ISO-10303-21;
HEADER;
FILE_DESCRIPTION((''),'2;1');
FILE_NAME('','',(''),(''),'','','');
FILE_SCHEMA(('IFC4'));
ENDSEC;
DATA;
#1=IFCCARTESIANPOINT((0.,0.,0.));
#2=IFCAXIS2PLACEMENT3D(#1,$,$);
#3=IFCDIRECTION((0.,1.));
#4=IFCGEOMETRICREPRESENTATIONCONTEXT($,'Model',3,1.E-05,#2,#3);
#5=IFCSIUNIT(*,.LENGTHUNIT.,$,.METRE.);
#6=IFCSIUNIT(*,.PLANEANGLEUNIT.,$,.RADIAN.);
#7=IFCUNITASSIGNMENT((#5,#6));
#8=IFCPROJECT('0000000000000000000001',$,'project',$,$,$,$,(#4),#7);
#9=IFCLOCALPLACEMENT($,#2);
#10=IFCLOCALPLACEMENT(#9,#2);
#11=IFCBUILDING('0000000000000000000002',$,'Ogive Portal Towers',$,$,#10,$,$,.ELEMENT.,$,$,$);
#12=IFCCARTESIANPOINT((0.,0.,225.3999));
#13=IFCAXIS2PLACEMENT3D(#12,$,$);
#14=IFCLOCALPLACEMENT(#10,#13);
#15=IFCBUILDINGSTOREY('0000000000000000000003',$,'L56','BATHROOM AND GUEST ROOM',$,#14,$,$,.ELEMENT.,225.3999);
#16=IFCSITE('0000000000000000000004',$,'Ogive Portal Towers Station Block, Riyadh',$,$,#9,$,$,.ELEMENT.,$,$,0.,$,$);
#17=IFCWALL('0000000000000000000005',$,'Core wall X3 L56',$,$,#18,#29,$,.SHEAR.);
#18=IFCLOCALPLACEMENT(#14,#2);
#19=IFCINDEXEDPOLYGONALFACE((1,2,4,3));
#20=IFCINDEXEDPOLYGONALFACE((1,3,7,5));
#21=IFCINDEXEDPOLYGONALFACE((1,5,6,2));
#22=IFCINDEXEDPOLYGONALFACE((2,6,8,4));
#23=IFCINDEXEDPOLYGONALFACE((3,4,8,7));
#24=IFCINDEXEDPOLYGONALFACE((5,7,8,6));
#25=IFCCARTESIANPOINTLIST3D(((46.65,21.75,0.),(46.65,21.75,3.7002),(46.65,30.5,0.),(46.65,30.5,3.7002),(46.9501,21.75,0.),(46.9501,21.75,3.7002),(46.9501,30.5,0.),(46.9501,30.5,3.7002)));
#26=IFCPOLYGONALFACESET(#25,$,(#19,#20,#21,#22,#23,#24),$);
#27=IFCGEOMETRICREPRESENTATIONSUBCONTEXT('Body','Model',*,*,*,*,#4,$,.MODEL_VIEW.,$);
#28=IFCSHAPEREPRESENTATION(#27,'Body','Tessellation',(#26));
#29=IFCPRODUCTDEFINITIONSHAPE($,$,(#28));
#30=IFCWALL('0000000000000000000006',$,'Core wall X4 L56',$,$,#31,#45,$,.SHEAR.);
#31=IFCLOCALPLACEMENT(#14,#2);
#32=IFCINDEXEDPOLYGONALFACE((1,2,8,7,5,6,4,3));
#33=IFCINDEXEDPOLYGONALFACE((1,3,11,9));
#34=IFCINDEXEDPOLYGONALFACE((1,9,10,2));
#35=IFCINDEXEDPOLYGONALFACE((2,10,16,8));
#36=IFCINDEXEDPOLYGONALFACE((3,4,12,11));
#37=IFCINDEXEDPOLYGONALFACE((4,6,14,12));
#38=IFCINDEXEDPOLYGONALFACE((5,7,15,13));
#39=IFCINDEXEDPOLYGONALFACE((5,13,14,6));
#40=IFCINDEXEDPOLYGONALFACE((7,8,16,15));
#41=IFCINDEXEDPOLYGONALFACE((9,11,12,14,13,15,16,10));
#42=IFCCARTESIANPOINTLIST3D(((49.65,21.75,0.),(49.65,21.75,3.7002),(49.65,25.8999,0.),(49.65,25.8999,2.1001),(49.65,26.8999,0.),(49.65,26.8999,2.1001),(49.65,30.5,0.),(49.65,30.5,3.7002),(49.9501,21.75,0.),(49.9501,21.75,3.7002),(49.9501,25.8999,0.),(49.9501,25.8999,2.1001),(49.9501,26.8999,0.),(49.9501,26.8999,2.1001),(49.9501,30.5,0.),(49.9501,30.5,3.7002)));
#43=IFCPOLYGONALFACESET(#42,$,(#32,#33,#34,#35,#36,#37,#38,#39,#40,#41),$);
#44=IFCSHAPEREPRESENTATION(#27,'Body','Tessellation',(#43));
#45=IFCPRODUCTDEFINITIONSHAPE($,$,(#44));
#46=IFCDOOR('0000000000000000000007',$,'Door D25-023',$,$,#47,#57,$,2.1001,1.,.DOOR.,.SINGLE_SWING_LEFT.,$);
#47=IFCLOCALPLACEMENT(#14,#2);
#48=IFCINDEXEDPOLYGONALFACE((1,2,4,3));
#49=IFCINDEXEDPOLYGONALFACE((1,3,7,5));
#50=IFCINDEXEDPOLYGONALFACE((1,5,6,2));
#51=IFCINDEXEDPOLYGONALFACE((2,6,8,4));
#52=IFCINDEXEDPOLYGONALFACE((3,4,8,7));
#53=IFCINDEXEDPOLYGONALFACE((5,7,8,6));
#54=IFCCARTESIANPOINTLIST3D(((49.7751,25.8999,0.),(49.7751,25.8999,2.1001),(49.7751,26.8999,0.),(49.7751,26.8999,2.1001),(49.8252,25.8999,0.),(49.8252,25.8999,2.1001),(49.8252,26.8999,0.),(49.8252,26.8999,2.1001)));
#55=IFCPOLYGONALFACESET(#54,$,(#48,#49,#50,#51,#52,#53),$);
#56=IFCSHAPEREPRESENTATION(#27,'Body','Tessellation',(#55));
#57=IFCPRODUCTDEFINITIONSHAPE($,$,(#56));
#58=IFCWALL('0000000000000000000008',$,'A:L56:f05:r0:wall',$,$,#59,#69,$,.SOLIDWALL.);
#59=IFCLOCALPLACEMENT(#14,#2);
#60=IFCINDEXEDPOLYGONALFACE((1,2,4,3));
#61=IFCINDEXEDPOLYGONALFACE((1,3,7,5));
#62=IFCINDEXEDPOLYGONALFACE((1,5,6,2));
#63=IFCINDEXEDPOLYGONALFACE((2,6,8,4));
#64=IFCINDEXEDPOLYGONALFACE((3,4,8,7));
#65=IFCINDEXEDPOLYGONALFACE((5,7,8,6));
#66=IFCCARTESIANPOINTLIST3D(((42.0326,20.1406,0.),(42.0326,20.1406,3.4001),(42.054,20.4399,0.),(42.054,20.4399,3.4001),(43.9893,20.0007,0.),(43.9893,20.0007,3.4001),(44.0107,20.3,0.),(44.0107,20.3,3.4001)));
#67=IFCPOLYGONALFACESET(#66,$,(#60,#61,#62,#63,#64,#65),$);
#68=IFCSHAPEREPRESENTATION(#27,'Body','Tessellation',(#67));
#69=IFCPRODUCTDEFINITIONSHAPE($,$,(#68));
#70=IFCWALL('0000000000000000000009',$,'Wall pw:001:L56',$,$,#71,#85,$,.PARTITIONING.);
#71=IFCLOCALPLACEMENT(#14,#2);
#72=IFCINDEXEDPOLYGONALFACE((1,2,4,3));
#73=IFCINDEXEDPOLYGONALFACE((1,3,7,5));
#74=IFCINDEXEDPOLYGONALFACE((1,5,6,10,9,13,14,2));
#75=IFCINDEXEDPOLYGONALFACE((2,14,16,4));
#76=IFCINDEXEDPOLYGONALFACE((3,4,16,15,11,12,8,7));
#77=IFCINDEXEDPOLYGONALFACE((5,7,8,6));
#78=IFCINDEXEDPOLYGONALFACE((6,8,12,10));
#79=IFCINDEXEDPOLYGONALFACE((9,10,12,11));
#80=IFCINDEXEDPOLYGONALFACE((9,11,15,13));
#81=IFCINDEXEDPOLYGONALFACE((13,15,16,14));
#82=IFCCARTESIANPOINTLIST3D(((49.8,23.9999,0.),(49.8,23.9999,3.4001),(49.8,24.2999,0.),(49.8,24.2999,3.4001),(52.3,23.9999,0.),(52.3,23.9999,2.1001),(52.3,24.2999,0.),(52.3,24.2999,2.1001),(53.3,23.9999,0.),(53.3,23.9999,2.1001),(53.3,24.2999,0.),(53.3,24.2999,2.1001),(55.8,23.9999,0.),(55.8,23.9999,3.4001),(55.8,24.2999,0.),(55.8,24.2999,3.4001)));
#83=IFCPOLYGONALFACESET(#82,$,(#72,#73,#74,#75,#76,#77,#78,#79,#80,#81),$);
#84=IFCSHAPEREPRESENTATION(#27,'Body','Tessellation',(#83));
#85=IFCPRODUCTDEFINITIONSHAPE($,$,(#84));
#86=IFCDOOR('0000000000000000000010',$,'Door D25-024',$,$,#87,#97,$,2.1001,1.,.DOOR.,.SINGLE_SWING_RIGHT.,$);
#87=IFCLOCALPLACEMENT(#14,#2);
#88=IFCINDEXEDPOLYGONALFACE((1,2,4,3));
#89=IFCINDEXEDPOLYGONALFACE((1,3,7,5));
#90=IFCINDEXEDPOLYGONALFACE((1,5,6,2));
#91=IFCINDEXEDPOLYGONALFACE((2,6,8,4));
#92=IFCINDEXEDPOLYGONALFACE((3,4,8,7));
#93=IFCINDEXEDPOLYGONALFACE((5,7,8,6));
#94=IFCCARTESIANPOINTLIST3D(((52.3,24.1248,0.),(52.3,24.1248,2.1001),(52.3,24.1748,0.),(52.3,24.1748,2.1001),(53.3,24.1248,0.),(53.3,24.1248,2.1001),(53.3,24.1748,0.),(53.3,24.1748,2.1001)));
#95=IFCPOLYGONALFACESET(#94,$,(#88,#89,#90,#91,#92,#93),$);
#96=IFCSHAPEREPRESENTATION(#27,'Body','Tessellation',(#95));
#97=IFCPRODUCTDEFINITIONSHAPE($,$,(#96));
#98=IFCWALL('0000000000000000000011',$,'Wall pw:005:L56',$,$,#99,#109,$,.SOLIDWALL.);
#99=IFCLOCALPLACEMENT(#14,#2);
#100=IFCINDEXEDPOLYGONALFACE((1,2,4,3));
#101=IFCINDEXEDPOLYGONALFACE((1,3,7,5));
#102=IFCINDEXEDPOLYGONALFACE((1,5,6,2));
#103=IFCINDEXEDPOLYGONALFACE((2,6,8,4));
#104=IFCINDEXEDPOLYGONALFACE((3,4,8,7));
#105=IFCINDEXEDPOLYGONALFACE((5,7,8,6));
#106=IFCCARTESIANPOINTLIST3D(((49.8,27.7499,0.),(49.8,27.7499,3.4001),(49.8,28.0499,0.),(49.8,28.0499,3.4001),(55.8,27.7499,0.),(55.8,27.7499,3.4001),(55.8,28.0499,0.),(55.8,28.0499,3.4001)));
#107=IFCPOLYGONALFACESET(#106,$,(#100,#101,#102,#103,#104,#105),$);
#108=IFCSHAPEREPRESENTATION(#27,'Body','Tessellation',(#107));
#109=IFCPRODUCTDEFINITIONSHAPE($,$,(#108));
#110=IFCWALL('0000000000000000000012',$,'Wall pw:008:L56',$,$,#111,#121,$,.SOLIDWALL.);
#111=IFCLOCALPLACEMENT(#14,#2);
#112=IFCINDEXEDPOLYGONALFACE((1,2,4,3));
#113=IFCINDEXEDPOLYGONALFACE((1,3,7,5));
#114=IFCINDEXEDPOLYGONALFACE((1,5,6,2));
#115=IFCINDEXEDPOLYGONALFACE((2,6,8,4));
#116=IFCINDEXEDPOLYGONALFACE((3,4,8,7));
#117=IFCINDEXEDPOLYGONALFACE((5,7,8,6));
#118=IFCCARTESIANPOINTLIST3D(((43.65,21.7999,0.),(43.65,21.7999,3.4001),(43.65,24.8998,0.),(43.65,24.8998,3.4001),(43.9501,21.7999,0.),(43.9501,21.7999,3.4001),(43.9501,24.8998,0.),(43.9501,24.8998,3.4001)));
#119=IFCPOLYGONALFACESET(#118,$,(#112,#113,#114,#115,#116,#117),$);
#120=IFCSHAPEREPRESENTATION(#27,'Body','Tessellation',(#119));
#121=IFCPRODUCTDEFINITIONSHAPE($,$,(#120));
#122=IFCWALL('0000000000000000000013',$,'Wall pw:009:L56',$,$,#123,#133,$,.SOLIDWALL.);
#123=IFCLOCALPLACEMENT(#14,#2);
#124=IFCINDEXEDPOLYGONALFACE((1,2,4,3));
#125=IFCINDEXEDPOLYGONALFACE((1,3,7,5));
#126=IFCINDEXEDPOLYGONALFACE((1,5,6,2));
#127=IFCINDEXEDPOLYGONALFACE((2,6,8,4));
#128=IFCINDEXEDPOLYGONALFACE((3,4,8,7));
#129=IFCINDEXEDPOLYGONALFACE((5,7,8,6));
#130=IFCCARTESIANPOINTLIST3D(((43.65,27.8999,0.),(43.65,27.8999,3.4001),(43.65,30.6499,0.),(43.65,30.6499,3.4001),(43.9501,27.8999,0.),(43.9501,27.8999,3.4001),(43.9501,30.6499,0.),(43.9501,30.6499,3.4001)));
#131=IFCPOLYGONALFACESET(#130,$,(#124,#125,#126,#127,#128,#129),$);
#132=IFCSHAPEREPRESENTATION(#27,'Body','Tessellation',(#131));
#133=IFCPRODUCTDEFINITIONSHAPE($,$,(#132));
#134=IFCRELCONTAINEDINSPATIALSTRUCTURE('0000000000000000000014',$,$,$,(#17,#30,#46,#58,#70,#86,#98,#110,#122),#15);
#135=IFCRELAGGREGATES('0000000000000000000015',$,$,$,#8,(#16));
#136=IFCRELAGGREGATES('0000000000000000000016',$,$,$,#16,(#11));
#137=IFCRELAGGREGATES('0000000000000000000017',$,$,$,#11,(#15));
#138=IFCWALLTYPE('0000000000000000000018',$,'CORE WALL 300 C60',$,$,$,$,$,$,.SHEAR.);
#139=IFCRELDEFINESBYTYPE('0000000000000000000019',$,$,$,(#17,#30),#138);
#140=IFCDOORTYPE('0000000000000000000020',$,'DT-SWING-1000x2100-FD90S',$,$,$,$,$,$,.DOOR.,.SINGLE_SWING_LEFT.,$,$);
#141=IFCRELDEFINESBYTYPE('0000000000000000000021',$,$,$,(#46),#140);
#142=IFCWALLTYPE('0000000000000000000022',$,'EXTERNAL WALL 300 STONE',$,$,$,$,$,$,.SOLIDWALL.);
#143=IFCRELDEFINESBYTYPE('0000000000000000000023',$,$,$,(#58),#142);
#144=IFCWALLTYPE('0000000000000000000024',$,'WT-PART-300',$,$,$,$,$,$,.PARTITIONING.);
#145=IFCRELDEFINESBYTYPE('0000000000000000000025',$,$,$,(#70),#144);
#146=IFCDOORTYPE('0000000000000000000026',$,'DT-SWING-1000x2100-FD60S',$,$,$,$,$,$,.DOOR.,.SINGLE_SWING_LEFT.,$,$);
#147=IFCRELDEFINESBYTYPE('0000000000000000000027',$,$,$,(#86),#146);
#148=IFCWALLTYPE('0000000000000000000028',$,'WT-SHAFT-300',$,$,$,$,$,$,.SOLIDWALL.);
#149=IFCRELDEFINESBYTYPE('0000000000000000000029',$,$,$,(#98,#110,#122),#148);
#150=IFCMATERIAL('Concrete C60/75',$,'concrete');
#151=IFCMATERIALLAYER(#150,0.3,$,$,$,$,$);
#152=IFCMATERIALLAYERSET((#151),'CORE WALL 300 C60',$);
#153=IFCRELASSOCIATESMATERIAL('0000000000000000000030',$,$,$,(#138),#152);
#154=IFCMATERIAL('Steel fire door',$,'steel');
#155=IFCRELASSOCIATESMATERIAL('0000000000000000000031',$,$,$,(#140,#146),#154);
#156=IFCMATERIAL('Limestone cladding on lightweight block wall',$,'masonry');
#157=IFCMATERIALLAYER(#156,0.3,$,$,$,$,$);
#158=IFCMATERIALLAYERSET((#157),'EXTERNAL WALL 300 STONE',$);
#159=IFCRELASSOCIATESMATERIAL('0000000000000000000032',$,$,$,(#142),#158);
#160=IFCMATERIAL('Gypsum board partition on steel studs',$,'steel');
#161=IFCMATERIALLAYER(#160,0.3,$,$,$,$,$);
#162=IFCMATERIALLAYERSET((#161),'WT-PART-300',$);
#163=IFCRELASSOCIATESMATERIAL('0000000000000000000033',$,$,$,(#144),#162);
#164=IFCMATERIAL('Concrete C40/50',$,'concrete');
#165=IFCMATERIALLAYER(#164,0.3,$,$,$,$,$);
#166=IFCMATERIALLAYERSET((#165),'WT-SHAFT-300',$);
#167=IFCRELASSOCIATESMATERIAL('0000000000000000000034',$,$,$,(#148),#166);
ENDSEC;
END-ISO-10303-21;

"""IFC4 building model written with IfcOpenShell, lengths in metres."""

from ifc_helpers import new_model, si_unit, direction, frame, frame_2d, origin, place, context, subcontext, project, spatial, rectangle, extrude, material, layer, layer_set, type_object, element, fill, save


model = new_model("IFC4")

# Units and contexts
model_context = context("Model", 3, precision=1e-05, world=origin(), true_north=direction((0.0, 1.0)))
body_context = subcontext(model_context, "Body", "Model", "MODEL_VIEW")
ifc_project = project(units=[si_unit("LENGTHUNIT", "METRE"), si_unit("PLANEANGLEUNIT", "RADIAN")], contexts=[model_context])

# Site, building, storey
site_placement = place(None, origin())
site = spatial("IfcSite", under=ifc_project, at=site_placement, Name="Ogive Portal Towers Station Block, Riyadh", CompositionType="ELEMENT", RefElevation=0.0)
building_placement = place(site_placement, origin())
building = spatial("IfcBuilding", under=site, at=building_placement, Name="Ogive Portal Towers", CompositionType="ELEMENT")
storey_placement = place(building_placement, frame((0.0, 0.0, 225.3999)))
storey = spatial("IfcBuildingStorey", under=building, at=storey_placement, Name="L56", Description="BATHROOM AND GUEST ROOM", CompositionType="ELEMENT", Elevation=225.3999)

# Wall
ifc_material_1 = material(Name="Concrete C60/75", Category="concrete")
ifc_layer_1 = layer(ifc_material_1, 0.3)
ifc_layer_set_1 = layer_set([ifc_layer_1], Name="CORE WALL 300 C60")
wall_type_1 = type_object("IfcWallType", Name="CORE WALL 300 C60", PredefinedType="SHEAR", material=ifc_layer_set_1)
wall_1_placement = place(storey_placement, frame((46.8, 21.75, 0.0), z_axis=(0.0, 0.0, 1.0), x_axis=(0.0, 1.0, 0.0)))
element("IfcWall", 1, at=wall_1_placement, inside=storey, type_object=wall_type_1, Name="Core wall X3 L56", PredefinedType="SHEAR", context=body_context, shape_type="SweptSolid", body=[
    extrude(rectangle(XDim=8.75, YDim=0.3, at=frame_2d((4.375, 0.0))), origin(), (0.0, 0.0, 1.0), 3.7002),
])

# Wall, opening, door
wall_2_placement = place(storey_placement, frame((49.8, 21.75, 0.0), z_axis=(0.0, 0.0, 1.0), x_axis=(0.0, 1.0, 0.0)))
wall_2 = element("IfcWall", 2, at=wall_2_placement, inside=storey, type_object=wall_type_1, Name="Core wall X4 L56", PredefinedType="SHEAR", context=body_context, shape_type="SweptSolid", body=[
    extrude(rectangle(XDim=8.75, YDim=0.3, at=frame_2d((4.375, 0.0))), origin(), (0.0, 0.0, 1.0), 3.7002),
])
opening_1_placement = place(wall_2_placement, frame((4.1499, 0.0, 0.0)))
opening_1 = element("IfcOpeningElement", 3, at=opening_1_placement, cuts=wall_2, PredefinedType="OPENING", context=body_context, shape_type="SweptSolid", body=[
    extrude(rectangle(XDim=1.0, YDim=2.1001, at=frame_2d((0.5, 1.05))), frame((0.0, 0.1602, 0.0), z_axis=(0.0, -1.0, 0.0), x_axis=(1.0, 0.0, 0.0)), (0.0, 0.0, 1.0), 0.3201),
])
ifc_material_2 = material(Name="Steel fire door", Category="steel")
door_type_1 = type_object("IfcDoorType", Name="DT-SWING-1000x2100-FD90S", OperationType="SINGLE_SWING_LEFT", PredefinedType="DOOR", material=ifc_material_2)
door_1_placement = place(opening_1_placement, origin())
door_1 = element("IfcDoor", 4, at=door_1_placement, inside=storey, type_object=door_type_1, Name="Door D25-023", OperationType="SINGLE_SWING_LEFT", OverallHeight=2.1001, OverallWidth=1.0, PredefinedType="DOOR", context=body_context, shape_type="SweptSolid", body=[
    extrude(rectangle(XDim=1.0, YDim=2.1001, at=frame_2d((0.5, 1.05))), frame((0.0, 0.0249, 0.0), z_axis=(0.0, -1.0, 0.0), x_axis=(1.0, 0.0, 0.0)), (0.0, 0.0, 1.0), 0.05),
])
fill(opening_1, door_1)

# Wall
ifc_material_3 = material(Name="Limestone cladding on lightweight block wall", Category="masonry")
ifc_layer_2 = layer(ifc_material_3, 0.3)
ifc_layer_set_2 = layer_set([ifc_layer_2], Name="EXTERNAL WALL 300 STONE")
wall_type_2 = type_object("IfcWallType", Name="EXTERNAL WALL 300 STONE", PredefinedType="SOLIDWALL", material=ifc_layer_set_2)
wall_3_placement = place(storey_placement, frame((42.0432, 20.2903, 0.0), z_axis=(0.0, 0.0, 1.0), x_axis=(0.997454, -0.071309, 0.0)))
element("IfcWall", 5, at=wall_3_placement, inside=storey, type_object=wall_type_2, Name="A:L56:f05:r0:wall", PredefinedType="SOLIDWALL", context=body_context, shape_type="SweptSolid", body=[
    extrude(rectangle(XDim=1.9617, YDim=0.3, at=frame_2d((0.981, 0.0))), origin(), (0.0, 0.0, 1.0), 3.4001),
])

# Wall, opening, door
ifc_material_4 = material(Name="Gypsum board partition on steel studs", Category="steel")
ifc_layer_3 = layer(ifc_material_4, 0.3)
ifc_layer_set_3 = layer_set([ifc_layer_3], Name="WT-PART-300")
wall_type_3 = type_object("IfcWallType", Name="WT-PART-300", PredefinedType="PARTITIONING", material=ifc_layer_set_3)
wall_4_placement = place(storey_placement, frame((49.8, 24.1499, 0.0), z_axis=(0.0, 0.0, 1.0), x_axis=(1.0, 0.0, 0.0)))
wall_4 = element("IfcWall", 6, at=wall_4_placement, inside=storey, type_object=wall_type_3, Name="Wall pw:001:L56", PredefinedType="PARTITIONING", context=body_context, shape_type="SweptSolid", body=[
    extrude(rectangle(XDim=6.0, YDim=0.3, at=frame_2d((3.0, 0.0))), origin(), (0.0, 0.0, 1.0), 3.4001),
])
opening_2_placement = place(wall_4_placement, frame((2.5, 0.0, 0.0)))
opening_2 = element("IfcOpeningElement", 7, at=opening_2_placement, cuts=wall_4, PredefinedType="OPENING", context=body_context, shape_type="SweptSolid", body=[
    extrude(rectangle(XDim=1.0, YDim=2.1001, at=frame_2d((0.5, 1.05))), frame((0.0, 0.1602, 0.0), z_axis=(0.0, -1.0, 0.0), x_axis=(1.0, 0.0, 0.0)), (0.0, 0.0, 1.0), 0.3201),
])
door_type_2 = type_object("IfcDoorType", Name="DT-SWING-1000x2100-FD60S", OperationType="SINGLE_SWING_LEFT", PredefinedType="DOOR", material=ifc_material_2)
door_2_placement = place(opening_2_placement, origin())
door_2 = element("IfcDoor", 8, at=door_2_placement, inside=storey, type_object=door_type_2, Name="Door D25-024", OperationType="SINGLE_SWING_RIGHT", OverallHeight=2.1001, OverallWidth=1.0, PredefinedType="DOOR", context=body_context, shape_type="SweptSolid", body=[
    extrude(rectangle(XDim=1.0, YDim=2.1001, at=frame_2d((0.5, 1.05))), frame((0.0, 0.0249, 0.0), z_axis=(0.0, -1.0, 0.0), x_axis=(1.0, 0.0, 0.0)), (0.0, 0.0, 1.0), 0.05),
])
fill(opening_2, door_2)

# Walls
ifc_material_5 = material(Name="Concrete C40/50", Category="concrete")
ifc_layer_4 = layer(ifc_material_5, 0.3)
ifc_layer_set_4 = layer_set([ifc_layer_4], Name="WT-SHAFT-300")
wall_type_4 = type_object("IfcWallType", Name="WT-SHAFT-300", PredefinedType="SOLIDWALL", material=ifc_layer_set_4)
wall_5_placement = place(storey_placement, frame((49.8, 27.8999, 0.0), z_axis=(0.0, 0.0, 1.0), x_axis=(1.0, 0.0, 0.0)))
element("IfcWall", 9, at=wall_5_placement, inside=storey, type_object=wall_type_4, Name="Wall pw:005:L56", PredefinedType="SOLIDWALL", context=body_context, shape_type="SweptSolid", body=[
    extrude(rectangle(XDim=6.0, YDim=0.3, at=frame_2d((3.0, 0.0))), origin(), (0.0, 0.0, 1.0), 3.4001),
])
wall_6_placement = place(storey_placement, frame((43.8, 21.8, 0.0), z_axis=(0.0, 0.0, 1.0), x_axis=(0.0, 1.0, 0.0)))
element("IfcWall", 10, at=wall_6_placement, inside=storey, type_object=wall_type_4, Name="Wall pw:008:L56", PredefinedType="SOLIDWALL", context=body_context, shape_type="SweptSolid", body=[
    extrude(rectangle(XDim=3.0999, YDim=0.3, at=frame_2d((1.5498, 0.0))), origin(), (0.0, 0.0, 1.0), 3.4001),
])
wall_7_placement = place(storey_placement, frame((43.8, 27.8999, 0.0), z_axis=(0.0, 0.0, 1.0), x_axis=(0.0, 1.0, 0.0)))
element("IfcWall", 11, at=wall_7_placement, inside=storey, type_object=wall_type_4, Name="Wall pw:009:L56", PredefinedType="SOLIDWALL", context=body_context, shape_type="SweptSolid", body=[
    extrude(rectangle(XDim=2.75, YDim=0.3, at=frame_2d((1.375, 0.0))), origin(), (0.0, 0.0, 1.0), 3.4001),
])

save(model, "model.ifc")
